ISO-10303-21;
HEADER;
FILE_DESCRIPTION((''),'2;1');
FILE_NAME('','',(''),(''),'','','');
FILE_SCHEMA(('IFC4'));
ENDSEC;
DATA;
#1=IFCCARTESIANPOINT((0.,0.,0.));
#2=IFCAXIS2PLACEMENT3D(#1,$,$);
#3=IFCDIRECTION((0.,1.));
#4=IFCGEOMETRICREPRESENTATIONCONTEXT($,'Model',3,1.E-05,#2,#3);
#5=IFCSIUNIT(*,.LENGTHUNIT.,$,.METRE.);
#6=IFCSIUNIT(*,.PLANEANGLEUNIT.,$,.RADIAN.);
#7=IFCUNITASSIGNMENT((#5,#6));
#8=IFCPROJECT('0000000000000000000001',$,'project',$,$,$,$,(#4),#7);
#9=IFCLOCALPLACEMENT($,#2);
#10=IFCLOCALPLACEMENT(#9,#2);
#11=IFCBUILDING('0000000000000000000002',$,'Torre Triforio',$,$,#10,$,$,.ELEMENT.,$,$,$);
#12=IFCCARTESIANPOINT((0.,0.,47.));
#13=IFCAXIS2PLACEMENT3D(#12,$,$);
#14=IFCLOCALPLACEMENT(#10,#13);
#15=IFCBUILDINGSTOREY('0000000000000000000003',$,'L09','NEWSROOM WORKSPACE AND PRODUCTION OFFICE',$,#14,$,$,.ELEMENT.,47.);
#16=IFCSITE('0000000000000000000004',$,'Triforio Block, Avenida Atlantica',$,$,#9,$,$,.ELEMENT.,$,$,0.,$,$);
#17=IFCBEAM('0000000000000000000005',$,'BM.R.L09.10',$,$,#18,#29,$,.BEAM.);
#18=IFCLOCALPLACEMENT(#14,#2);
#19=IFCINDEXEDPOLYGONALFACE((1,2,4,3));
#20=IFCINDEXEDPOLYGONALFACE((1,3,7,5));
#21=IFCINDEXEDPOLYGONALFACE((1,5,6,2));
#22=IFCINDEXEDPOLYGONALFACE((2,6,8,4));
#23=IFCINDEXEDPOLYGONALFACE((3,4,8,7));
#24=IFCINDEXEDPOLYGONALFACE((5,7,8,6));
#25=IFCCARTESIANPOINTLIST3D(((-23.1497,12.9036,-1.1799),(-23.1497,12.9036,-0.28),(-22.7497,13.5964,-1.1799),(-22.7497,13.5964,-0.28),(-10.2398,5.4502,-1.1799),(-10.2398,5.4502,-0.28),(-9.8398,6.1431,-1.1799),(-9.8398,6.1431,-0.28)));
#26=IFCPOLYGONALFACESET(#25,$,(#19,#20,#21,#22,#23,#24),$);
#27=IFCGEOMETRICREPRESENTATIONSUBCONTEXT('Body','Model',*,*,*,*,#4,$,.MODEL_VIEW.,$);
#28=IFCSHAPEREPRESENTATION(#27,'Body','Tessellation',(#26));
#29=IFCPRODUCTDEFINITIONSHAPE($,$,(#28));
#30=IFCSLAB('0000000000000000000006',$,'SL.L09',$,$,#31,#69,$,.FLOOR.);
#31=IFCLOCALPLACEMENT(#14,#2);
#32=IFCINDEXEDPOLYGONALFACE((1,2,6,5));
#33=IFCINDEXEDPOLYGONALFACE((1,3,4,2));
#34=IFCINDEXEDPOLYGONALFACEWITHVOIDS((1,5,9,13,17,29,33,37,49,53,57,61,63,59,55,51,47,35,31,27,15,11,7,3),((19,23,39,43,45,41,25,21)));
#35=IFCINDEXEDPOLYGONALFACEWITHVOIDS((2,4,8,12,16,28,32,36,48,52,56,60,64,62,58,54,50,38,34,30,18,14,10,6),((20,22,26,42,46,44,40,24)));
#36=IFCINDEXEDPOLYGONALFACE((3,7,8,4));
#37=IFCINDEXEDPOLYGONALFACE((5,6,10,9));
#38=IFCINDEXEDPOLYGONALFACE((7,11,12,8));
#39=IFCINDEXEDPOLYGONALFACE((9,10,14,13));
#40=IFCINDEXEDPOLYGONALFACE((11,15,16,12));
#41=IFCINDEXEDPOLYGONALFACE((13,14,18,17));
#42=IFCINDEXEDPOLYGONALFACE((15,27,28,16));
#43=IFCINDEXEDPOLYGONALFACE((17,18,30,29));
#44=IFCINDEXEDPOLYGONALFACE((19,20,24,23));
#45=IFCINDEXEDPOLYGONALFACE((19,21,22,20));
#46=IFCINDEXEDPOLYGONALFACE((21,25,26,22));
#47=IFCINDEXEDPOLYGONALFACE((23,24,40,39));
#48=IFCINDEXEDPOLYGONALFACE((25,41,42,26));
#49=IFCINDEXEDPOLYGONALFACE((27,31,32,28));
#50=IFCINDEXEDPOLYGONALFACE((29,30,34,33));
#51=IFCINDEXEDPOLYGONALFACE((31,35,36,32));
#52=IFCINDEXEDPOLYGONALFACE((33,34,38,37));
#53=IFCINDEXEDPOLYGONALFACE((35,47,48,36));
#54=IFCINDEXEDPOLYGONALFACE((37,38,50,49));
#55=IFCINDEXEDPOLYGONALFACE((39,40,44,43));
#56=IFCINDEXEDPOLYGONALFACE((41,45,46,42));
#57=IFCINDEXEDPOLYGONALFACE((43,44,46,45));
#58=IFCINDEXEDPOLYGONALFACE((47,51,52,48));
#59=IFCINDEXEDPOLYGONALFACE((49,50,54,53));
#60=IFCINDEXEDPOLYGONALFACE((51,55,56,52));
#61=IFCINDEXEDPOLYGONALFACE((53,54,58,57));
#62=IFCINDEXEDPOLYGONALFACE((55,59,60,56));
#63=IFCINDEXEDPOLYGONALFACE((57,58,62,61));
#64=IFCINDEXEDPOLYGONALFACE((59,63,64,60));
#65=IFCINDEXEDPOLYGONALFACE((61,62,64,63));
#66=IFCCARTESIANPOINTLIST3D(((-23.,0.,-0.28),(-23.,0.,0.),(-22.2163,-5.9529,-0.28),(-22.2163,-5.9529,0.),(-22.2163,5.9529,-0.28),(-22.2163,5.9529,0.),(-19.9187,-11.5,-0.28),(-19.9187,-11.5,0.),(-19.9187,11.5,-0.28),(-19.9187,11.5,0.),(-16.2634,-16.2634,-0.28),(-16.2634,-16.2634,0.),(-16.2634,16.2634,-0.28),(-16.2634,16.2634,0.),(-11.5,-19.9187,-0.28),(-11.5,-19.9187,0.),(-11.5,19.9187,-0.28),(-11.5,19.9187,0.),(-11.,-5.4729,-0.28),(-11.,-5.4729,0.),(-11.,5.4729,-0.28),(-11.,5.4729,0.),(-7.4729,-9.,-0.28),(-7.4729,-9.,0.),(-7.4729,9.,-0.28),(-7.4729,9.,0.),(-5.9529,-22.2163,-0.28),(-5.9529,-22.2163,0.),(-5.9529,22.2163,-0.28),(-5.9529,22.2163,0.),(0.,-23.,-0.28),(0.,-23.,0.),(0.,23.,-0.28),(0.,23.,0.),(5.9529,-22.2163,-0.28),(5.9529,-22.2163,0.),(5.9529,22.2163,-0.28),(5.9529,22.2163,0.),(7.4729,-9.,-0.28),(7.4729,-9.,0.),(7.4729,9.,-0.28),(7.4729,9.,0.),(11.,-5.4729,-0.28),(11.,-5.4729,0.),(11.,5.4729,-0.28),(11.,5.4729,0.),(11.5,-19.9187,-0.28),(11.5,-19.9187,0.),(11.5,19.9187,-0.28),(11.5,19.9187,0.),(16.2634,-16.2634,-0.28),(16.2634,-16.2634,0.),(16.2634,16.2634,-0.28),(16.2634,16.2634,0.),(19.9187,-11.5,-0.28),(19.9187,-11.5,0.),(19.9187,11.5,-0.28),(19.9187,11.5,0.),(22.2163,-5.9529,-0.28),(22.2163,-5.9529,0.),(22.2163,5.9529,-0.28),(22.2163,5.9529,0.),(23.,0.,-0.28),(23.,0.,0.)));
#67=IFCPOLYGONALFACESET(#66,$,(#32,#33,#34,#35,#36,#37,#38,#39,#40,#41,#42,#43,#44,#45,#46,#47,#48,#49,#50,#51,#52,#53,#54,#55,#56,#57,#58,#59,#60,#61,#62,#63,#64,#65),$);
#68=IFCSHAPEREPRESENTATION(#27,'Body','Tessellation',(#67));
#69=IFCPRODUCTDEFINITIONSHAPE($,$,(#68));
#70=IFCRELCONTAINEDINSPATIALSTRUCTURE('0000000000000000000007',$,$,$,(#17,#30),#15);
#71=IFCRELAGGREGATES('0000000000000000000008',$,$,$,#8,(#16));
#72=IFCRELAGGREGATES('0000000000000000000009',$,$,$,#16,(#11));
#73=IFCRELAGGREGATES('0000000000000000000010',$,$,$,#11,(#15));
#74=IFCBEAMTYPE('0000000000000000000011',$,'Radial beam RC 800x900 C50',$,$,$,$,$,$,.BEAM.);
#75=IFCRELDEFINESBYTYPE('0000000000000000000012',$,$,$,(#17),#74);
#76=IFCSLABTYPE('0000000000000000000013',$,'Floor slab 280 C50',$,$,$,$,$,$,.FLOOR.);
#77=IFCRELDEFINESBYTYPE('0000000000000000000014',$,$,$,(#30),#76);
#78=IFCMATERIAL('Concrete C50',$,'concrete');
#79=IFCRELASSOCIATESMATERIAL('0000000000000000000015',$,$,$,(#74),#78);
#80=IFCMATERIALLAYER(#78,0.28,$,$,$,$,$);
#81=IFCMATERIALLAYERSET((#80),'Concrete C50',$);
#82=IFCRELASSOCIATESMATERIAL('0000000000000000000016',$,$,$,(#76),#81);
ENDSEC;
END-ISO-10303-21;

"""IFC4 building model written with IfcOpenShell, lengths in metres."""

from ifc_helpers import new_model, si_unit, direction, frame, origin, origin_2d, place, context, subcontext, project, spatial, polyline, rectangle, outline, extrude, material, layer, layer_set, material_profile, profile_set, type_object, element, save


model = new_model("IFC4")

# Units and contexts
model_context = context("Model", 3, precision=1e-05, world=origin(), true_north=direction((0.0, 1.0)))
body_context = subcontext(model_context, "Body", "Model", "MODEL_VIEW")
ifc_project = project(units=[si_unit("LENGTHUNIT", "METRE"), si_unit("PLANEANGLEUNIT", "RADIAN")], contexts=[model_context])

# Site, building, storey
site_placement = place(None, origin())
site = spatial("IfcSite", under=ifc_project, at=site_placement, Name="Triforio Block, Avenida Atlantica", CompositionType="ELEMENT", RefElevation=0.0)
building_placement = place(site_placement, origin())
building = spatial("IfcBuilding", under=site, at=building_placement, Name="Torre Triforio", CompositionType="ELEMENT")
storey_placement = place(building_placement, frame((0.0, 0.0, 47.0)))
storey = spatial("IfcBuildingStorey", under=building, at=storey_placement, Name="L09", Description="NEWSROOM WORKSPACE AND PRODUCTION OFFICE", CompositionType="ELEMENT", Elevation=47.0)

# Beam
ifc_material_1 = material(Name="Concrete C50", Category="concrete")
ifc_material_profile = material_profile(ifc_material_1, rectangle(XDim=0.8, YDim=0.8999, at=origin_2d()), Name="RC 800x900")
ifc_profile_set = profile_set([ifc_material_profile], Name="Concrete C50")
beam_type = type_object("IfcBeamType", Name="Radial beam RC 800x900 C50", PredefinedType="BEAM", material=ifc_profile_set)
beam_placement = place(storey_placement, frame((-10.0398, 5.7966, -0.73), z_axis=(-0.86603, 0.499991, 0.0), x_axis=(-0.499991, -0.86603, 0.0)))
element("IfcBeam", 1, at=beam_placement, inside=storey, type_object=beam_type, Name="BM.R.L09.10", PredefinedType="BEAM", context=body_context, shape_type="SweptSolid", body=[
    extrude(rectangle(XDim=0.8, YDim=0.8999, at=origin_2d()), origin(), (0.0, 0.0, 1.0), 14.907),
])

# Slab
ifc_layer_1 = layer(ifc_material_1, 0.28)
ifc_layer_set_1 = layer_set([ifc_layer_1], Name="Concrete C50")
slab_type_1 = type_object("IfcSlabType", Name="Floor slab 280 C50", PredefinedType="FLOOR", material=ifc_layer_set_1)
slab_1_placement = place(storey_placement, frame((0.0, 0.0, -0.28)))
element("IfcSlab", 2, at=slab_1_placement, inside=storey, type_object=slab_type_1, Name="SL.L09", PredefinedType="FLOOR", context=body_context, shape_type="SweptSolid", body=[
    extrude(outline(polyline([(19.9187, -11.5), (22.2163, -5.9529), (23.0, 0.0), (22.2163, 5.9529), (19.9187, 11.5), (16.2634, 16.2634), (11.5, 19.9187), (5.9529, 22.2163), (0.0, 23.0), (-5.9529, 22.2163), (-11.5, 19.9187), (-16.2634, 16.2634), (-19.9187, 11.5), (-22.2163, 5.9529), (-23.0, 0.0), (-22.2163, -5.9529), (-19.9187, -11.5), (-16.2634, -16.2634), (-11.5, -19.9187), (-5.9529, -22.2163), (0.0, -23.0), (5.9529, -22.2163), (11.5, -19.9187), (16.2634, -16.2634), (19.9187, -11.5)]), holes=[polyline([(11.0, 5.4729), (11.0, -5.4729), (7.4729, -9.0), (-7.4729, -9.0), (-11.0, -5.4729), (-11.0, 5.4729), (-7.4729, 9.0), (7.4729, 9.0), (11.0, 5.4729)])]), origin(), (0.0, 0.0, 1.0), 0.28),
])

save(model, "model.ifc")
